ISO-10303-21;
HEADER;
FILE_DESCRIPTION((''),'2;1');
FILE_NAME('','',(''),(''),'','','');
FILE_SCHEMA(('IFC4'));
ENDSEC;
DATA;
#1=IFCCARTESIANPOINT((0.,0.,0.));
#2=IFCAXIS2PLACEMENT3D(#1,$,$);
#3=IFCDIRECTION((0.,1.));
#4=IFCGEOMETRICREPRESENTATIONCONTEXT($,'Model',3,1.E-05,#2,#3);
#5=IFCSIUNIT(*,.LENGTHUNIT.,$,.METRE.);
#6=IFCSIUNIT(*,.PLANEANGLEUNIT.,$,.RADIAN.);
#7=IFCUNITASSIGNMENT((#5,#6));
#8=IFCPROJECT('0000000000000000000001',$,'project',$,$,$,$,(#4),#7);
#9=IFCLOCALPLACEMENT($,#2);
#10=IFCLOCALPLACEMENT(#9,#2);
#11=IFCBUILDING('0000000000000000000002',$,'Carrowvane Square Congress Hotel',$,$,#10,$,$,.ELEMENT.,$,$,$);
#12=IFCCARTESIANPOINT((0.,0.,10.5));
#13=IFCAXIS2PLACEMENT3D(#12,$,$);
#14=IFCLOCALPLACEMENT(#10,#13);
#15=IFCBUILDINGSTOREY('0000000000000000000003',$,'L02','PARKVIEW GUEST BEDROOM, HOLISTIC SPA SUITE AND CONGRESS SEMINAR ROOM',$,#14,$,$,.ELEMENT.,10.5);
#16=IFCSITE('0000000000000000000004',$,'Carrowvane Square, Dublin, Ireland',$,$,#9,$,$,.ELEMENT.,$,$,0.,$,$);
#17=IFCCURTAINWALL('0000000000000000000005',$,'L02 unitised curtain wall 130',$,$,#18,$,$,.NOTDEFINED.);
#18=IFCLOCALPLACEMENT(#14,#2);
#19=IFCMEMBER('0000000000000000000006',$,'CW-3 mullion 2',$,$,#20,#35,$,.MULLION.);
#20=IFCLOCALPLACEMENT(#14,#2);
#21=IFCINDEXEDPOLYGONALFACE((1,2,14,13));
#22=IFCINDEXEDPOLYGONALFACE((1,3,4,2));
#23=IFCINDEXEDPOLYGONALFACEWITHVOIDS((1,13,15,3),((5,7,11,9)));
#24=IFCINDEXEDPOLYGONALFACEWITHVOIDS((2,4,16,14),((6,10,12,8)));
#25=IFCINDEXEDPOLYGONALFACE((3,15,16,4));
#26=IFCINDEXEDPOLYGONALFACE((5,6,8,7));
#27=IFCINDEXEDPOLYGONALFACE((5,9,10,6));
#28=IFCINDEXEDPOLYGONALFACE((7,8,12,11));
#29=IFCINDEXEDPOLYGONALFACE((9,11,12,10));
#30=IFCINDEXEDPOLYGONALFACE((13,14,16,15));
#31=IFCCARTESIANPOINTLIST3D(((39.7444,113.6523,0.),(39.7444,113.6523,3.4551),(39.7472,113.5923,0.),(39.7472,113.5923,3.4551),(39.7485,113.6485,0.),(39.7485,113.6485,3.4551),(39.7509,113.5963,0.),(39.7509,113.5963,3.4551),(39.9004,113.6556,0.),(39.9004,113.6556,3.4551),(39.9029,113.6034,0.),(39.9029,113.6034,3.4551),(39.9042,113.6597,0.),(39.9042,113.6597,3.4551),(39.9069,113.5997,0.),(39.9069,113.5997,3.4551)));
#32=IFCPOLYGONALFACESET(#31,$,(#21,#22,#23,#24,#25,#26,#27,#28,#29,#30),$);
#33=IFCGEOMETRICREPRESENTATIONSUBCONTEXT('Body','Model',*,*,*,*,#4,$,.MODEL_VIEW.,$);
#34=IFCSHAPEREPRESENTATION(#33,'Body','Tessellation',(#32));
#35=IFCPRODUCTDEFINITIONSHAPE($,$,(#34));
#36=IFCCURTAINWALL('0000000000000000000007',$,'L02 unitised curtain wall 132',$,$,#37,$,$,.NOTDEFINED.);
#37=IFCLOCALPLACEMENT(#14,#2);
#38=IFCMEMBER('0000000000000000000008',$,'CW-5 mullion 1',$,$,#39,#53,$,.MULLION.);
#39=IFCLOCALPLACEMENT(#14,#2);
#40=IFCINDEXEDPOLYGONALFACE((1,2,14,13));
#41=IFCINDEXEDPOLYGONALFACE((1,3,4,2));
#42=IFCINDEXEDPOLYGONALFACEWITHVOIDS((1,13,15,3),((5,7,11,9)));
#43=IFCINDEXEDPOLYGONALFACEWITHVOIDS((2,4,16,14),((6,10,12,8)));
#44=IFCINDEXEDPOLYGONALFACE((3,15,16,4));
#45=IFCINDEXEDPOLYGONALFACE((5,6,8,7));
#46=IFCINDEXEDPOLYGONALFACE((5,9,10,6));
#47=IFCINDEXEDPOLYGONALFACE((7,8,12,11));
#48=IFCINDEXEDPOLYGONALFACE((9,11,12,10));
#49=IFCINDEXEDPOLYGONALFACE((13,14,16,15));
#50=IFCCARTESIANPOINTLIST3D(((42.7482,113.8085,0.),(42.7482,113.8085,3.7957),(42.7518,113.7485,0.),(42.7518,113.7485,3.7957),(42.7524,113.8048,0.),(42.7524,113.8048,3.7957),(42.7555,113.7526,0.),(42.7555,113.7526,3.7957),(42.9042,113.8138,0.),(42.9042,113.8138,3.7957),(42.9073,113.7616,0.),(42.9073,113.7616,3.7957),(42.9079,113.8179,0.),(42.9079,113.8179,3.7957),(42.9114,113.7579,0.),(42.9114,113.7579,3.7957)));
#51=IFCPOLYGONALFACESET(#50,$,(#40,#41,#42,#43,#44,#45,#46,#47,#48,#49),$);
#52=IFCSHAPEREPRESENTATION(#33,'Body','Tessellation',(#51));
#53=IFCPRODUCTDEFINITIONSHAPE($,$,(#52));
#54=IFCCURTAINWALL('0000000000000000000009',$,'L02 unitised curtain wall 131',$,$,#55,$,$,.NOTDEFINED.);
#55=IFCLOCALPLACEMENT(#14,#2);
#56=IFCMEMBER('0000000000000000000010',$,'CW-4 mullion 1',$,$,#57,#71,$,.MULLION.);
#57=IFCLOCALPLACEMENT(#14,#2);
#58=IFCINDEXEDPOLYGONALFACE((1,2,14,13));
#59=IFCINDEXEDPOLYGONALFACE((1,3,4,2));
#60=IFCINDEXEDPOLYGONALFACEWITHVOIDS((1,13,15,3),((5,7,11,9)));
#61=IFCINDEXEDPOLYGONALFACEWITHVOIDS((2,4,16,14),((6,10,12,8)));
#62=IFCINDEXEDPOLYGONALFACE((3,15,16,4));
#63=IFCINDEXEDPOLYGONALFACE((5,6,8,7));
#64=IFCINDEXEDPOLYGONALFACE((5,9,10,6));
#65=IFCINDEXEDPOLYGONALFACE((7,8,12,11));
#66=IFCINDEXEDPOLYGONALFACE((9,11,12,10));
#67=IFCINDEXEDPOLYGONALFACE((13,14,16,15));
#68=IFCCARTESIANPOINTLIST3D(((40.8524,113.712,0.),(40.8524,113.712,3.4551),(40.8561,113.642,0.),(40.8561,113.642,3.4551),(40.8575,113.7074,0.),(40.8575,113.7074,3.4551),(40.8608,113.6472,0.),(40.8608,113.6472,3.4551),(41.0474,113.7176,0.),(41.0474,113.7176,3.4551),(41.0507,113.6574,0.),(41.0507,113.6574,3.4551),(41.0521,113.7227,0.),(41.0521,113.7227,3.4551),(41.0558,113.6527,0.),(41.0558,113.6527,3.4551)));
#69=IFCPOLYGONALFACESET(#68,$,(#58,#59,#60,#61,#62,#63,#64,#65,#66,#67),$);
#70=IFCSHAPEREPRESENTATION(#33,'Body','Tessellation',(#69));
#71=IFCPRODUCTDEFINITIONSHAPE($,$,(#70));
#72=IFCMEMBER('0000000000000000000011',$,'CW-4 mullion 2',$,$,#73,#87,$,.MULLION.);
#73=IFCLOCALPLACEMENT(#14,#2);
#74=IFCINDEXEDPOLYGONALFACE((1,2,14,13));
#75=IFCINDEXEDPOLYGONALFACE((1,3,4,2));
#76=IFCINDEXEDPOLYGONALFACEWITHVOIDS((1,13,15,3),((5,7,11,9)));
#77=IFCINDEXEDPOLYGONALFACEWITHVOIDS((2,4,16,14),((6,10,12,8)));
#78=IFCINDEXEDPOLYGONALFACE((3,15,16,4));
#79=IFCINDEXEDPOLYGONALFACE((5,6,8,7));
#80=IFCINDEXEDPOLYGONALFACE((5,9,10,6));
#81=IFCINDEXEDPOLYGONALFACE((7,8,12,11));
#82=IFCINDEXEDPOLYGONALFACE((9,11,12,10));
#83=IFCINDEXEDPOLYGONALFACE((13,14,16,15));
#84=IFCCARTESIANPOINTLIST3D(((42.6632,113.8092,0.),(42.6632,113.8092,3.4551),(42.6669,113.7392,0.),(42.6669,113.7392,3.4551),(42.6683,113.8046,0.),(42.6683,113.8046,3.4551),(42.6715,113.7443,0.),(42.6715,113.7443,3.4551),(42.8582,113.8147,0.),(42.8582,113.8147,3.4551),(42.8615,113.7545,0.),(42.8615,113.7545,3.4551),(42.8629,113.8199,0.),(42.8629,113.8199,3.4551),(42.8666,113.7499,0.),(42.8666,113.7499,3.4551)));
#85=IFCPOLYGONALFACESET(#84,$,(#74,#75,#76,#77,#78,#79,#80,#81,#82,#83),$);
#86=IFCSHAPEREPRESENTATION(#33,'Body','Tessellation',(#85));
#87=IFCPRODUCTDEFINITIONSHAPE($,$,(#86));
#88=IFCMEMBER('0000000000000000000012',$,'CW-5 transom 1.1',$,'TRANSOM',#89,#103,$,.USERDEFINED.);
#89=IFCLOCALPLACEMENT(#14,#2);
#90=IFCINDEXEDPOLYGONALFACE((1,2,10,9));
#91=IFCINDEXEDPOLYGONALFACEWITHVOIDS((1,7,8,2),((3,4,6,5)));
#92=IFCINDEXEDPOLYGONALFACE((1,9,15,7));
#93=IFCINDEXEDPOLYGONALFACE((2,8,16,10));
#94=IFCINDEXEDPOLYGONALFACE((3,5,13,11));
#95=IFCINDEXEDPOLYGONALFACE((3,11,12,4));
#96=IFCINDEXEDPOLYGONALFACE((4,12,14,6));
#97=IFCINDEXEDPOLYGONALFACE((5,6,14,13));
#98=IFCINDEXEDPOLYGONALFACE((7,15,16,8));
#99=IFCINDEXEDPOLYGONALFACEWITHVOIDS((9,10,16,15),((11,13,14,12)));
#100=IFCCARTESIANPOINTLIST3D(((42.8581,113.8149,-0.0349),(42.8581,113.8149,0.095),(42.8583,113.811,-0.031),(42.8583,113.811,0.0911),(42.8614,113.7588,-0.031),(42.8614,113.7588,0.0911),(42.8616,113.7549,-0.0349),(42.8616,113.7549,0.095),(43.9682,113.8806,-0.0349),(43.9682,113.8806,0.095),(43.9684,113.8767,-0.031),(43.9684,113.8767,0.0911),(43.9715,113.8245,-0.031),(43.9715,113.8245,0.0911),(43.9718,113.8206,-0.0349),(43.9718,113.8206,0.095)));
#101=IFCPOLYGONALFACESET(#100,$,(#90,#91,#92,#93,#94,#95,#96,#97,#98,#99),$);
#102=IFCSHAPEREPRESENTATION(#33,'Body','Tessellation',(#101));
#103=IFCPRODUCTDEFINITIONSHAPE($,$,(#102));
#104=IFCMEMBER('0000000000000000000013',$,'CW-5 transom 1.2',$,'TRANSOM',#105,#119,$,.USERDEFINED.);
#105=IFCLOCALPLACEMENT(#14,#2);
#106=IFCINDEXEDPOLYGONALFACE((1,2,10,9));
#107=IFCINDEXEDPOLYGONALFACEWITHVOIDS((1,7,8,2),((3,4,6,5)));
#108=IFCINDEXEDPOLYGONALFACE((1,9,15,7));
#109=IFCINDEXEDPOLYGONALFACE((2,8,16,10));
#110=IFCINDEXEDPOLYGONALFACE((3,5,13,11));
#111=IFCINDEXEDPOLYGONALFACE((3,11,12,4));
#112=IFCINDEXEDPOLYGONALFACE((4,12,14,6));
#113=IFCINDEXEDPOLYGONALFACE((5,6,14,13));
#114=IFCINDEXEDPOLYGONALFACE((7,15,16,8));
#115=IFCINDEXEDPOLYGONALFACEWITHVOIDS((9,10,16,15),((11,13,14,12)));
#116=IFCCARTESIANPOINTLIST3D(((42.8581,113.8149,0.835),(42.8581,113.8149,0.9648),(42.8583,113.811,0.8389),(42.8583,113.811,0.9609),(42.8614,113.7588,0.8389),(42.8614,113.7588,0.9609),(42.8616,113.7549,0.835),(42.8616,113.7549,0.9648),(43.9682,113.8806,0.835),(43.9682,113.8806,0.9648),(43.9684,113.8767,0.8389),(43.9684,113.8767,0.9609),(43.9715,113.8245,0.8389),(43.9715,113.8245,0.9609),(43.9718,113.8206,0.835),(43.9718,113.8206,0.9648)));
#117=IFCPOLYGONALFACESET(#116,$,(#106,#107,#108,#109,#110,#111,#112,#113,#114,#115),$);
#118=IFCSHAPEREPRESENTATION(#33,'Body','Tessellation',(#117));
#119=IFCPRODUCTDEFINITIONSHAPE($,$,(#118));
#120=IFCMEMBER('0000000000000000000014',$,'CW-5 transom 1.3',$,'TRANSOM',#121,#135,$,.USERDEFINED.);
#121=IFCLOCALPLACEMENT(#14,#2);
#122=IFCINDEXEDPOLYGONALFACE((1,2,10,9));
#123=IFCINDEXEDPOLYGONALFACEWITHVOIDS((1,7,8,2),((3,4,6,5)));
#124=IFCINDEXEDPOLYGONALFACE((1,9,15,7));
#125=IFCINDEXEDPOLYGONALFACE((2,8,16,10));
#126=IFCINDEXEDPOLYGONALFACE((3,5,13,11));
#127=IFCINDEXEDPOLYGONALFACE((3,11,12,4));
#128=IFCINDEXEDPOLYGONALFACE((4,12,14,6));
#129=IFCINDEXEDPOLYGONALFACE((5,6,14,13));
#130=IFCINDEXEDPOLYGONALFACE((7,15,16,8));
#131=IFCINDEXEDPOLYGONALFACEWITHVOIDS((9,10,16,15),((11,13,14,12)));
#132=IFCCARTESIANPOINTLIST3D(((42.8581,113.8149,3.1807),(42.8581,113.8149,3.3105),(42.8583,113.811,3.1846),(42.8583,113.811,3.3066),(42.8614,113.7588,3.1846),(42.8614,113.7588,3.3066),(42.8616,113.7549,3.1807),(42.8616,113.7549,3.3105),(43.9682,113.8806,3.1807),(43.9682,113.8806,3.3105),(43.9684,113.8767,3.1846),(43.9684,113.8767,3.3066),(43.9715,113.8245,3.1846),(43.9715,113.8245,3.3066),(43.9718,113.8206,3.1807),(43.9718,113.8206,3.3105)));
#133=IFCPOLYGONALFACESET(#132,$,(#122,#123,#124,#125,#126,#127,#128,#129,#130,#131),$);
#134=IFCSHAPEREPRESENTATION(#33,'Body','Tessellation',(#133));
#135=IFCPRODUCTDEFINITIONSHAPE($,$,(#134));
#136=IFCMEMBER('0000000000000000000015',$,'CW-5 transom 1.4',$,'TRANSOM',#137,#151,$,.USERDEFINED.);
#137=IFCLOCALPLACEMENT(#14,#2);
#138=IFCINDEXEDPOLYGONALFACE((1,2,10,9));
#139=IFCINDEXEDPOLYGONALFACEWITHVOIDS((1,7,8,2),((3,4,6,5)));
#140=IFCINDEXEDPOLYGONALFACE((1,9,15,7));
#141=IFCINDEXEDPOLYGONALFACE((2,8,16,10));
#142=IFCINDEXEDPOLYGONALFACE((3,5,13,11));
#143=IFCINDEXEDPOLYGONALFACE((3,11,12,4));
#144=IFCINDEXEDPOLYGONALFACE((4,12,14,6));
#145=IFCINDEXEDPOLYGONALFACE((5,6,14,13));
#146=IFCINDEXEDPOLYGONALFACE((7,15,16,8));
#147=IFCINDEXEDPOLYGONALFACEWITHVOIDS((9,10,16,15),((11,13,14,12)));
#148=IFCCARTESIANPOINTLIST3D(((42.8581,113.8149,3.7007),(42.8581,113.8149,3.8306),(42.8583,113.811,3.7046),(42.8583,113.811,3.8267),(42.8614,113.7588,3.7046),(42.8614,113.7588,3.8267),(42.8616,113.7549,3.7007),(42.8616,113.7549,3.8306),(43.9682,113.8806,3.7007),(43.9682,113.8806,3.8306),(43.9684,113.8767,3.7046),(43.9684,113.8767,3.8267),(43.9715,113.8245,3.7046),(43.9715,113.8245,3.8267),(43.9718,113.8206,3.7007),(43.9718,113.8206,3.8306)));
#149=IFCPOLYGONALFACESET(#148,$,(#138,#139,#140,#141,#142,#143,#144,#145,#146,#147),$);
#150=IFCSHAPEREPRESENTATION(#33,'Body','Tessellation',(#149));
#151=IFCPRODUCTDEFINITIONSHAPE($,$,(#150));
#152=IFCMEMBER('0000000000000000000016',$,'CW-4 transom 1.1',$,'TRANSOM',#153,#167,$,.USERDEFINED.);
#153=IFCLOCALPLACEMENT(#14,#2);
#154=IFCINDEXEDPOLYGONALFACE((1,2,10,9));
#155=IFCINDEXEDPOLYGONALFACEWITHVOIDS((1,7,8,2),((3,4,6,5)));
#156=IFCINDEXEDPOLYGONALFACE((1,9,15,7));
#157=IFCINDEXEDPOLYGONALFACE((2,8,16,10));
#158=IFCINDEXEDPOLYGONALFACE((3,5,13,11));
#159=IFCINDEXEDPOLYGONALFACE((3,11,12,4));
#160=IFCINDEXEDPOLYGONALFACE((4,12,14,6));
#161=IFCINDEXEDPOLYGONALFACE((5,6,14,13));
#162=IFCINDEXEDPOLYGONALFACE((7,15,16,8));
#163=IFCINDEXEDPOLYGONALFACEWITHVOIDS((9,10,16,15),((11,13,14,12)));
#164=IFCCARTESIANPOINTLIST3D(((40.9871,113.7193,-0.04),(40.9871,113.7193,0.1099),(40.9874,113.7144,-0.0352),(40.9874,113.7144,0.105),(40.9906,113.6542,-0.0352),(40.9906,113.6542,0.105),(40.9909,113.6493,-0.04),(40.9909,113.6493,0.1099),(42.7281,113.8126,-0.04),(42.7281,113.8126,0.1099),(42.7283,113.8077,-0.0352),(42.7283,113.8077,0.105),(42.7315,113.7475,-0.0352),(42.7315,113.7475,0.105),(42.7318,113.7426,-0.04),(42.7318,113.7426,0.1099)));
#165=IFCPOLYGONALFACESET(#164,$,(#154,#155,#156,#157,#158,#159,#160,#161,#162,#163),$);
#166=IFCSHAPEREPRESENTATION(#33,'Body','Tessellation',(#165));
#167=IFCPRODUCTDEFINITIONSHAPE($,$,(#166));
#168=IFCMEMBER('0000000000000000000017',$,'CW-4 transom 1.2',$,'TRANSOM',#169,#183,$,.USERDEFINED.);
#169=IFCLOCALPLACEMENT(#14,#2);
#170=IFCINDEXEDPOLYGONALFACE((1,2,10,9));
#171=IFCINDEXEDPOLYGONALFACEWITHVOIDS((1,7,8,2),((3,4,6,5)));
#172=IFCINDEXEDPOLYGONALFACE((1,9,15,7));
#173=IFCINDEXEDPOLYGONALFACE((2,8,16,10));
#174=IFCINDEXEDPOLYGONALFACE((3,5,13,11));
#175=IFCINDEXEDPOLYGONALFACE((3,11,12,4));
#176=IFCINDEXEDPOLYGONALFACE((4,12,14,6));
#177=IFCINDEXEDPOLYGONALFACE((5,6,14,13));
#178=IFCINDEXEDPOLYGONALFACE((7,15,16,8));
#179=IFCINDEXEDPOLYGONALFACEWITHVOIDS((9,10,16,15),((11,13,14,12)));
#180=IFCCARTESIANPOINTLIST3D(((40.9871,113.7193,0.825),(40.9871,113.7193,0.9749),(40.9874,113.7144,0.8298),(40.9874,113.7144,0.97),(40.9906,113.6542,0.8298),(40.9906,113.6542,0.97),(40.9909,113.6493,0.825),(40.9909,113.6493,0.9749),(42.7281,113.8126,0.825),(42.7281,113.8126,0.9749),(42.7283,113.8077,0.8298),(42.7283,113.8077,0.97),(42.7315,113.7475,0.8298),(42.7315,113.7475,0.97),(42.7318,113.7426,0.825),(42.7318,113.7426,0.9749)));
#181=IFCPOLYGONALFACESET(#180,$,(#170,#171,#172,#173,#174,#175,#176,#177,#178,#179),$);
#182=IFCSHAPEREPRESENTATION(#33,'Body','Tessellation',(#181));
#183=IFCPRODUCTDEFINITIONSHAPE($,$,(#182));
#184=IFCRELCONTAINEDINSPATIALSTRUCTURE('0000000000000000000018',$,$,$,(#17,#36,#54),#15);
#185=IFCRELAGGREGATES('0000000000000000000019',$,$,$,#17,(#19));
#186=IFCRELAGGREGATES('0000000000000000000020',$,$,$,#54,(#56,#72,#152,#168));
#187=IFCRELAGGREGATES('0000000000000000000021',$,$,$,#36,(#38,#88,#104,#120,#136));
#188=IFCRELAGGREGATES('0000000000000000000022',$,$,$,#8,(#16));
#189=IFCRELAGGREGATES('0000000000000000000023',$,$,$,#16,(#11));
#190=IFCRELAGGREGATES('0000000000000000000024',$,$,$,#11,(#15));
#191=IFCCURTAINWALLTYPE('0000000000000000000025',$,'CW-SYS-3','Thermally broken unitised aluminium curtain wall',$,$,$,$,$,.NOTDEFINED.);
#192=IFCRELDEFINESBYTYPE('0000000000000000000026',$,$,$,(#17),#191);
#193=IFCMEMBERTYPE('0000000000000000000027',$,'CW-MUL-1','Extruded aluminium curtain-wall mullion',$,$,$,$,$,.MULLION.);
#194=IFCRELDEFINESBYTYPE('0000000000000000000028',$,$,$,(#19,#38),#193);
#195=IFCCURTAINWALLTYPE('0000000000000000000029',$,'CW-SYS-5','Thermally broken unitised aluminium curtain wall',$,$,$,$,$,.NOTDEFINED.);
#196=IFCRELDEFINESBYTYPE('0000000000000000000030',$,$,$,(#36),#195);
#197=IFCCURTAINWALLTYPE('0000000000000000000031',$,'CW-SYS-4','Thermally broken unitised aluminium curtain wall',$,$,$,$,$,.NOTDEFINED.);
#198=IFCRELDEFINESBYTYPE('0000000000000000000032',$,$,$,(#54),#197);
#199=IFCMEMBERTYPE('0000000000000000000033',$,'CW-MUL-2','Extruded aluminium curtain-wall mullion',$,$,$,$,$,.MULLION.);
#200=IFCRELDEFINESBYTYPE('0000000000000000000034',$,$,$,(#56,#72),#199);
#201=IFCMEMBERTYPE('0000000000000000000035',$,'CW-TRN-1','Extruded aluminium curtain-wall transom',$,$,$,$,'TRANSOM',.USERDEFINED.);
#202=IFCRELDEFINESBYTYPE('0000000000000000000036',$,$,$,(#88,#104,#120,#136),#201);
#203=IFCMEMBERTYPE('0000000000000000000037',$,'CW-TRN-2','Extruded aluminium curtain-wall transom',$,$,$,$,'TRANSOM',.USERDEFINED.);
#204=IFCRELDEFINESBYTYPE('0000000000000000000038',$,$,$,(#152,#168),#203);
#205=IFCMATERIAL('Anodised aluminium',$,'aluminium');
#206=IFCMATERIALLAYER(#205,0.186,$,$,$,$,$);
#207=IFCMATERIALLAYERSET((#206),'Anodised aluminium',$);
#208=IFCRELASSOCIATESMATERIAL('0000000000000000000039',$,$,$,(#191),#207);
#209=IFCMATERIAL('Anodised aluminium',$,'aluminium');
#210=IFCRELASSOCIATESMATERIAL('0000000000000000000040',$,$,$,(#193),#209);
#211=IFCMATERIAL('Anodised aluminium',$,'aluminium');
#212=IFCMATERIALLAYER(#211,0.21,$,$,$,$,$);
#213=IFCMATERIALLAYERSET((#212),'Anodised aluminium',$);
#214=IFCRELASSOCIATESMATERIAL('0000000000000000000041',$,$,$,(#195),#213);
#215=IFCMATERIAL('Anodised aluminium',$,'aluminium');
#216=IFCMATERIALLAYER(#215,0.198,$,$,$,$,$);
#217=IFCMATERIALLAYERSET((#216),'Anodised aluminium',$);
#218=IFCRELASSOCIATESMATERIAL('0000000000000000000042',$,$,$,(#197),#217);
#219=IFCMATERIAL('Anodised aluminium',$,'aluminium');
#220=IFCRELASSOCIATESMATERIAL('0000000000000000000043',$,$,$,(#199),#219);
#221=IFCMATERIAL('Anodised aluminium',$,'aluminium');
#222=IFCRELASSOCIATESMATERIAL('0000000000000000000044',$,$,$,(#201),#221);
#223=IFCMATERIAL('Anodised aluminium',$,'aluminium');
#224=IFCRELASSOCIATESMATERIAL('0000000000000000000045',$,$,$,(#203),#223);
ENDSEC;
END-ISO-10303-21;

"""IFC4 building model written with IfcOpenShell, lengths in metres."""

from ifc_helpers import new_model, si_unit, direction, frame, origin, origin_2d, place, context, subcontext, project, spatial, hollow_rectangle, extrude, material, layer, layer_set, material_profile, profile_set, type_object, element, aggregate, save


model = new_model("IFC4")

# Units and contexts
model_context = context("Model", 3, precision=1e-05, world=origin(), true_north=direction((0.0, 1.0)))
body_context = subcontext(model_context, "Body", "Model", "MODEL_VIEW")
ifc_project = project(units=[si_unit("LENGTHUNIT", "METRE"), si_unit("PLANEANGLEUNIT", "RADIAN")], contexts=[model_context])

# Site, building, storey
site_placement = place(None, origin())
site = spatial("IfcSite", under=ifc_project, at=site_placement, Name="Carrowvane Square, Dublin, Ireland", CompositionType="ELEMENT", RefElevation=0.0)
building_placement = place(site_placement, origin())
building = spatial("IfcBuilding", under=site, at=building_placement, Name="Carrowvane Square Congress Hotel", CompositionType="ELEMENT")
storey_placement = place(building_placement, frame((0.0, 0.0, 10.5)))
storey = spatial("IfcBuildingStorey", under=building, at=storey_placement, Name="L02", Description="PARKVIEW GUEST BEDROOM, HOLISTIC SPA SUITE AND CONGRESS SEMINAR ROOM", CompositionType="ELEMENT", Elevation=10.5)

# Curtain walls, members
ifc_material_1 = material(Name="Anodised aluminium", Category="aluminium")
ifc_layer_1 = layer(ifc_material_1, 0.186)
ifc_layer_set_1 = layer_set([ifc_layer_1], Name="Anodised aluminium")
curtain_wall_type_1 = type_object("IfcCurtainWallType", Name="CW-SYS-3", Description="Thermally broken unitised aluminium curtain wall", PredefinedType="NOTDEFINED", material=ifc_layer_set_1)
curtain_wall_1_placement = place(storey_placement, origin())
curtain_wall_1 = element("IfcCurtainWall", 1, at=curtain_wall_1_placement, inside=storey, type_object=curtain_wall_type_1, Name="L02 unitised curtain wall 130", PredefinedType="NOTDEFINED")
ifc_material_2 = material(Name="Anodised aluminium", Category="aluminium")
ifc_material_profile_1 = material_profile(ifc_material_2, hollow_rectangle(XDim=0.0601, YDim=0.1599, WallThickness=0.0039, at=origin_2d()), Name="CW-ML 60x160x4")
ifc_profile_set_1 = profile_set([ifc_material_profile_1], Name="Anodised aluminium")
member_type_1 = type_object("IfcMemberType", Name="CW-MUL-1", Description="Extruded aluminium curtain-wall mullion", PredefinedType="MULLION", material=ifc_profile_set_1)
member_1_placement = place(storey_placement, frame((39.8257, 113.626, 0.0), z_axis=(0.0, 0.0, 1.0), x_axis=(-0.046517, 0.998917, 0.0)))
member_1 = element("IfcMember", 2, at=member_1_placement, type_object=member_type_1, Name="CW-3 mullion 2", PredefinedType="MULLION", context=body_context, shape_type="SweptSolid", body=[
    extrude(hollow_rectangle(XDim=0.0601, YDim=0.1599, WallThickness=0.0039, at=origin_2d()), origin(), (0.0, 0.0, 1.0), 3.4551),
])
ifc_material_3 = material(Name="Anodised aluminium", Category="aluminium")
ifc_layer_2 = layer(ifc_material_3, 0.21)
ifc_layer_set_2 = layer_set([ifc_layer_2], Name="Anodised aluminium")
curtain_wall_type_2 = type_object("IfcCurtainWallType", Name="CW-SYS-5", Description="Thermally broken unitised aluminium curtain wall", PredefinedType="NOTDEFINED", material=ifc_layer_set_2)
curtain_wall_2_placement = place(storey_placement, origin())
curtain_wall_2 = element("IfcCurtainWall", 3, at=curtain_wall_2_placement, inside=storey, type_object=curtain_wall_type_2, Name="L02 unitised curtain wall 132", PredefinedType="NOTDEFINED")
member_2_placement = place(storey_placement, frame((42.8298, 113.7832, 0.0), z_axis=(0.0, 0.0, 1.0), x_axis=(-0.058989, 0.998259, 0.0)))
member_2 = element("IfcMember", 4, at=member_2_placement, type_object=member_type_1, Name="CW-5 mullion 1", PredefinedType="MULLION", context=body_context, shape_type="SweptSolid", body=[
    extrude(hollow_rectangle(XDim=0.0601, YDim=0.1599, WallThickness=0.0039, at=origin_2d()), origin(), (0.0, 0.0, 1.0), 3.7957),
])

# Curtain wall, members
ifc_material_4 = material(Name="Anodised aluminium", Category="aluminium")
ifc_layer_3 = layer(ifc_material_4, 0.198)
ifc_layer_set_3 = layer_set([ifc_layer_3], Name="Anodised aluminium")
curtain_wall_type_3 = type_object("IfcCurtainWallType", Name="CW-SYS-4", Description="Thermally broken unitised aluminium curtain wall", PredefinedType="NOTDEFINED", material=ifc_layer_set_3)
curtain_wall_3_placement = place(storey_placement, origin())
curtain_wall_3 = element("IfcCurtainWall", 5, at=curtain_wall_3_placement, inside=storey, type_object=curtain_wall_type_3, Name="L02 unitised curtain wall 131", PredefinedType="NOTDEFINED")
ifc_material_5 = material(Name="Anodised aluminium", Category="aluminium")
ifc_material_profile_2 = material_profile(ifc_material_5, hollow_rectangle(XDim=0.0701, YDim=0.2, WallThickness=0.0049, at=origin_2d()), Name="CW-ML 70x200x5")
ifc_profile_set_2 = profile_set([ifc_material_profile_2], Name="Anodised aluminium")
member_type_2 = type_object("IfcMemberType", Name="CW-MUL-2", Description="Extruded aluminium curtain-wall mullion", PredefinedType="MULLION", material=ifc_profile_set_2)
member_3_placement = place(storey_placement, frame((40.9541, 113.6824, 0.0), z_axis=(0.0, 0.0, 1.0), x_axis=(-0.053515, 0.998567, 0.0)))
member_3 = element("IfcMember", 6, at=member_3_placement, type_object=member_type_2, Name="CW-4 mullion 1", PredefinedType="MULLION", context=body_context, shape_type="SweptSolid", body=[
    extrude(hollow_rectangle(XDim=0.0701, YDim=0.2, WallThickness=0.0049, at=origin_2d()), origin(), (0.0, 0.0, 1.0), 3.4551),
])
member_4_placement = place(storey_placement, frame((42.7649, 113.7795, 0.0), z_axis=(0.0, 0.0, 1.0), x_axis=(-0.053515, 0.998567, 0.0)))
member_4 = element("IfcMember", 7, at=member_4_placement, type_object=member_type_2, Name="CW-4 mullion 2", PredefinedType="MULLION", context=body_context, shape_type="SweptSolid", body=[
    extrude(hollow_rectangle(XDim=0.0701, YDim=0.2, WallThickness=0.0049, at=origin_2d()), origin(), (0.0, 0.0, 1.0), 3.4551),
])

# Members
ifc_material_6 = material(Name="Anodised aluminium", Category="aluminium")
ifc_material_profile_3 = material_profile(ifc_material_6, hollow_rectangle(XDim=0.0601, YDim=0.1299, WallThickness=0.0039, at=origin_2d()), Name="CW-TR 60x130x4")
ifc_profile_set_3 = profile_set([ifc_material_profile_3], Name="Anodised aluminium")
member_type_3 = type_object("IfcMemberType", Name="CW-TRN-1", Description="Extruded aluminium curtain-wall transom", ElementType="TRANSOM", PredefinedType="USERDEFINED", material=ifc_profile_set_3)
member_5_placement = place(storey_placement, frame((42.8599, 113.7849, 0.03), z_axis=(0.998255, 0.059057, 0.0), x_axis=(-0.059057, 0.998255, 0.0)))
member_5 = element("IfcMember", 8, at=member_5_placement, type_object=member_type_3, Name="CW-5 transom 1.1", ObjectType="TRANSOM", PredefinedType="USERDEFINED", context=body_context, shape_type="SweptSolid", body=[
    extrude(hollow_rectangle(XDim=0.0601, YDim=0.1299, WallThickness=0.0039, at=origin_2d()), origin(), (0.0, 0.0, 1.0), 1.1121),
])
member_6_placement = place(storey_placement, frame((42.8599, 113.7849, 0.8999), z_axis=(0.998255, 0.059057, 0.0), x_axis=(-0.059057, 0.998255, 0.0)))
member_6 = element("IfcMember", 9, at=member_6_placement, type_object=member_type_3, Name="CW-5 transom 1.2", ObjectType="TRANSOM", PredefinedType="USERDEFINED", context=body_context, shape_type="SweptSolid", body=[
    extrude(hollow_rectangle(XDim=0.0601, YDim=0.1299, WallThickness=0.0039, at=origin_2d()), origin(), (0.0, 0.0, 1.0), 1.1121),
])
member_7_placement = place(storey_placement, frame((42.8599, 113.7849, 3.2456), z_axis=(0.998255, 0.059057, 0.0), x_axis=(-0.059057, 0.998255, 0.0)))
member_7 = element("IfcMember", 10, at=member_7_placement, type_object=member_type_3, Name="CW-5 transom 1.3", ObjectType="TRANSOM", PredefinedType="USERDEFINED", context=body_context, shape_type="SweptSolid", body=[
    extrude(hollow_rectangle(XDim=0.0601, YDim=0.1299, WallThickness=0.0039, at=origin_2d()), origin(), (0.0, 0.0, 1.0), 1.1121),
])
member_8_placement = place(storey_placement, frame((42.8599, 113.7849, 3.7656), z_axis=(0.998255, 0.059057, 0.0), x_axis=(-0.059057, 0.998255, 0.0)))
member_8 = element("IfcMember", 11, at=member_8_placement, type_object=member_type_3, Name="CW-5 transom 1.4", ObjectType="TRANSOM", PredefinedType="USERDEFINED", context=body_context, shape_type="SweptSolid", body=[
    extrude(hollow_rectangle(XDim=0.0601, YDim=0.1299, WallThickness=0.0039, at=origin_2d()), origin(), (0.0, 0.0, 1.0), 1.1121),
])
ifc_material_7 = material(Name="Anodised aluminium", Category="aluminium")
ifc_material_profile_4 = material_profile(ifc_material_7, hollow_rectangle(XDim=0.0701, YDim=0.1499, WallThickness=0.0049, at=origin_2d()), Name="CW-TR 70x150x5")
ifc_profile_set_4 = profile_set([ifc_material_profile_4], Name="Anodised aluminium")
member_type_4 = type_object("IfcMemberType", Name="CW-TRN-2", Description="Extruded aluminium curtain-wall transom", ElementType="TRANSOM", PredefinedType="USERDEFINED", material=ifc_profile_set_4)
member_9_placement = place(storey_placement, frame((40.989, 113.6843, 0.0349), z_axis=(0.998568, 0.053492, 0.0), x_axis=(-0.053492, 0.998568, 0.0)))
member_9 = element("IfcMember", 12, at=member_9_placement, type_object=member_type_4, Name="CW-4 transom 1.1", ObjectType="TRANSOM", PredefinedType="USERDEFINED", context=body_context, shape_type="SweptSolid", body=[
    extrude(hollow_rectangle(XDim=0.0701, YDim=0.1499, WallThickness=0.0049, at=origin_2d()), origin(), (0.0, 0.0, 1.0), 1.7434),
])
member_10_placement = place(storey_placement, frame((40.989, 113.6843, 0.8999), z_axis=(0.998568, 0.053492, 0.0), x_axis=(-0.053492, 0.998568, 0.0)))
member_10 = element("IfcMember", 13, at=member_10_placement, type_object=member_type_4, Name="CW-4 transom 1.2", ObjectType="TRANSOM", PredefinedType="USERDEFINED", context=body_context, shape_type="SweptSolid", body=[
    extrude(hollow_rectangle(XDim=0.0701, YDim=0.1499, WallThickness=0.0049, at=origin_2d()), origin(), (0.0, 0.0, 1.0), 1.7434),
])

aggregate(curtain_wall_1, [member_1])
aggregate(curtain_wall_3, [member_3, member_4, member_9, member_10])
aggregate(curtain_wall_2, [member_2, member_5, member_6, member_7, member_8])

save(model, "model.ifc")
